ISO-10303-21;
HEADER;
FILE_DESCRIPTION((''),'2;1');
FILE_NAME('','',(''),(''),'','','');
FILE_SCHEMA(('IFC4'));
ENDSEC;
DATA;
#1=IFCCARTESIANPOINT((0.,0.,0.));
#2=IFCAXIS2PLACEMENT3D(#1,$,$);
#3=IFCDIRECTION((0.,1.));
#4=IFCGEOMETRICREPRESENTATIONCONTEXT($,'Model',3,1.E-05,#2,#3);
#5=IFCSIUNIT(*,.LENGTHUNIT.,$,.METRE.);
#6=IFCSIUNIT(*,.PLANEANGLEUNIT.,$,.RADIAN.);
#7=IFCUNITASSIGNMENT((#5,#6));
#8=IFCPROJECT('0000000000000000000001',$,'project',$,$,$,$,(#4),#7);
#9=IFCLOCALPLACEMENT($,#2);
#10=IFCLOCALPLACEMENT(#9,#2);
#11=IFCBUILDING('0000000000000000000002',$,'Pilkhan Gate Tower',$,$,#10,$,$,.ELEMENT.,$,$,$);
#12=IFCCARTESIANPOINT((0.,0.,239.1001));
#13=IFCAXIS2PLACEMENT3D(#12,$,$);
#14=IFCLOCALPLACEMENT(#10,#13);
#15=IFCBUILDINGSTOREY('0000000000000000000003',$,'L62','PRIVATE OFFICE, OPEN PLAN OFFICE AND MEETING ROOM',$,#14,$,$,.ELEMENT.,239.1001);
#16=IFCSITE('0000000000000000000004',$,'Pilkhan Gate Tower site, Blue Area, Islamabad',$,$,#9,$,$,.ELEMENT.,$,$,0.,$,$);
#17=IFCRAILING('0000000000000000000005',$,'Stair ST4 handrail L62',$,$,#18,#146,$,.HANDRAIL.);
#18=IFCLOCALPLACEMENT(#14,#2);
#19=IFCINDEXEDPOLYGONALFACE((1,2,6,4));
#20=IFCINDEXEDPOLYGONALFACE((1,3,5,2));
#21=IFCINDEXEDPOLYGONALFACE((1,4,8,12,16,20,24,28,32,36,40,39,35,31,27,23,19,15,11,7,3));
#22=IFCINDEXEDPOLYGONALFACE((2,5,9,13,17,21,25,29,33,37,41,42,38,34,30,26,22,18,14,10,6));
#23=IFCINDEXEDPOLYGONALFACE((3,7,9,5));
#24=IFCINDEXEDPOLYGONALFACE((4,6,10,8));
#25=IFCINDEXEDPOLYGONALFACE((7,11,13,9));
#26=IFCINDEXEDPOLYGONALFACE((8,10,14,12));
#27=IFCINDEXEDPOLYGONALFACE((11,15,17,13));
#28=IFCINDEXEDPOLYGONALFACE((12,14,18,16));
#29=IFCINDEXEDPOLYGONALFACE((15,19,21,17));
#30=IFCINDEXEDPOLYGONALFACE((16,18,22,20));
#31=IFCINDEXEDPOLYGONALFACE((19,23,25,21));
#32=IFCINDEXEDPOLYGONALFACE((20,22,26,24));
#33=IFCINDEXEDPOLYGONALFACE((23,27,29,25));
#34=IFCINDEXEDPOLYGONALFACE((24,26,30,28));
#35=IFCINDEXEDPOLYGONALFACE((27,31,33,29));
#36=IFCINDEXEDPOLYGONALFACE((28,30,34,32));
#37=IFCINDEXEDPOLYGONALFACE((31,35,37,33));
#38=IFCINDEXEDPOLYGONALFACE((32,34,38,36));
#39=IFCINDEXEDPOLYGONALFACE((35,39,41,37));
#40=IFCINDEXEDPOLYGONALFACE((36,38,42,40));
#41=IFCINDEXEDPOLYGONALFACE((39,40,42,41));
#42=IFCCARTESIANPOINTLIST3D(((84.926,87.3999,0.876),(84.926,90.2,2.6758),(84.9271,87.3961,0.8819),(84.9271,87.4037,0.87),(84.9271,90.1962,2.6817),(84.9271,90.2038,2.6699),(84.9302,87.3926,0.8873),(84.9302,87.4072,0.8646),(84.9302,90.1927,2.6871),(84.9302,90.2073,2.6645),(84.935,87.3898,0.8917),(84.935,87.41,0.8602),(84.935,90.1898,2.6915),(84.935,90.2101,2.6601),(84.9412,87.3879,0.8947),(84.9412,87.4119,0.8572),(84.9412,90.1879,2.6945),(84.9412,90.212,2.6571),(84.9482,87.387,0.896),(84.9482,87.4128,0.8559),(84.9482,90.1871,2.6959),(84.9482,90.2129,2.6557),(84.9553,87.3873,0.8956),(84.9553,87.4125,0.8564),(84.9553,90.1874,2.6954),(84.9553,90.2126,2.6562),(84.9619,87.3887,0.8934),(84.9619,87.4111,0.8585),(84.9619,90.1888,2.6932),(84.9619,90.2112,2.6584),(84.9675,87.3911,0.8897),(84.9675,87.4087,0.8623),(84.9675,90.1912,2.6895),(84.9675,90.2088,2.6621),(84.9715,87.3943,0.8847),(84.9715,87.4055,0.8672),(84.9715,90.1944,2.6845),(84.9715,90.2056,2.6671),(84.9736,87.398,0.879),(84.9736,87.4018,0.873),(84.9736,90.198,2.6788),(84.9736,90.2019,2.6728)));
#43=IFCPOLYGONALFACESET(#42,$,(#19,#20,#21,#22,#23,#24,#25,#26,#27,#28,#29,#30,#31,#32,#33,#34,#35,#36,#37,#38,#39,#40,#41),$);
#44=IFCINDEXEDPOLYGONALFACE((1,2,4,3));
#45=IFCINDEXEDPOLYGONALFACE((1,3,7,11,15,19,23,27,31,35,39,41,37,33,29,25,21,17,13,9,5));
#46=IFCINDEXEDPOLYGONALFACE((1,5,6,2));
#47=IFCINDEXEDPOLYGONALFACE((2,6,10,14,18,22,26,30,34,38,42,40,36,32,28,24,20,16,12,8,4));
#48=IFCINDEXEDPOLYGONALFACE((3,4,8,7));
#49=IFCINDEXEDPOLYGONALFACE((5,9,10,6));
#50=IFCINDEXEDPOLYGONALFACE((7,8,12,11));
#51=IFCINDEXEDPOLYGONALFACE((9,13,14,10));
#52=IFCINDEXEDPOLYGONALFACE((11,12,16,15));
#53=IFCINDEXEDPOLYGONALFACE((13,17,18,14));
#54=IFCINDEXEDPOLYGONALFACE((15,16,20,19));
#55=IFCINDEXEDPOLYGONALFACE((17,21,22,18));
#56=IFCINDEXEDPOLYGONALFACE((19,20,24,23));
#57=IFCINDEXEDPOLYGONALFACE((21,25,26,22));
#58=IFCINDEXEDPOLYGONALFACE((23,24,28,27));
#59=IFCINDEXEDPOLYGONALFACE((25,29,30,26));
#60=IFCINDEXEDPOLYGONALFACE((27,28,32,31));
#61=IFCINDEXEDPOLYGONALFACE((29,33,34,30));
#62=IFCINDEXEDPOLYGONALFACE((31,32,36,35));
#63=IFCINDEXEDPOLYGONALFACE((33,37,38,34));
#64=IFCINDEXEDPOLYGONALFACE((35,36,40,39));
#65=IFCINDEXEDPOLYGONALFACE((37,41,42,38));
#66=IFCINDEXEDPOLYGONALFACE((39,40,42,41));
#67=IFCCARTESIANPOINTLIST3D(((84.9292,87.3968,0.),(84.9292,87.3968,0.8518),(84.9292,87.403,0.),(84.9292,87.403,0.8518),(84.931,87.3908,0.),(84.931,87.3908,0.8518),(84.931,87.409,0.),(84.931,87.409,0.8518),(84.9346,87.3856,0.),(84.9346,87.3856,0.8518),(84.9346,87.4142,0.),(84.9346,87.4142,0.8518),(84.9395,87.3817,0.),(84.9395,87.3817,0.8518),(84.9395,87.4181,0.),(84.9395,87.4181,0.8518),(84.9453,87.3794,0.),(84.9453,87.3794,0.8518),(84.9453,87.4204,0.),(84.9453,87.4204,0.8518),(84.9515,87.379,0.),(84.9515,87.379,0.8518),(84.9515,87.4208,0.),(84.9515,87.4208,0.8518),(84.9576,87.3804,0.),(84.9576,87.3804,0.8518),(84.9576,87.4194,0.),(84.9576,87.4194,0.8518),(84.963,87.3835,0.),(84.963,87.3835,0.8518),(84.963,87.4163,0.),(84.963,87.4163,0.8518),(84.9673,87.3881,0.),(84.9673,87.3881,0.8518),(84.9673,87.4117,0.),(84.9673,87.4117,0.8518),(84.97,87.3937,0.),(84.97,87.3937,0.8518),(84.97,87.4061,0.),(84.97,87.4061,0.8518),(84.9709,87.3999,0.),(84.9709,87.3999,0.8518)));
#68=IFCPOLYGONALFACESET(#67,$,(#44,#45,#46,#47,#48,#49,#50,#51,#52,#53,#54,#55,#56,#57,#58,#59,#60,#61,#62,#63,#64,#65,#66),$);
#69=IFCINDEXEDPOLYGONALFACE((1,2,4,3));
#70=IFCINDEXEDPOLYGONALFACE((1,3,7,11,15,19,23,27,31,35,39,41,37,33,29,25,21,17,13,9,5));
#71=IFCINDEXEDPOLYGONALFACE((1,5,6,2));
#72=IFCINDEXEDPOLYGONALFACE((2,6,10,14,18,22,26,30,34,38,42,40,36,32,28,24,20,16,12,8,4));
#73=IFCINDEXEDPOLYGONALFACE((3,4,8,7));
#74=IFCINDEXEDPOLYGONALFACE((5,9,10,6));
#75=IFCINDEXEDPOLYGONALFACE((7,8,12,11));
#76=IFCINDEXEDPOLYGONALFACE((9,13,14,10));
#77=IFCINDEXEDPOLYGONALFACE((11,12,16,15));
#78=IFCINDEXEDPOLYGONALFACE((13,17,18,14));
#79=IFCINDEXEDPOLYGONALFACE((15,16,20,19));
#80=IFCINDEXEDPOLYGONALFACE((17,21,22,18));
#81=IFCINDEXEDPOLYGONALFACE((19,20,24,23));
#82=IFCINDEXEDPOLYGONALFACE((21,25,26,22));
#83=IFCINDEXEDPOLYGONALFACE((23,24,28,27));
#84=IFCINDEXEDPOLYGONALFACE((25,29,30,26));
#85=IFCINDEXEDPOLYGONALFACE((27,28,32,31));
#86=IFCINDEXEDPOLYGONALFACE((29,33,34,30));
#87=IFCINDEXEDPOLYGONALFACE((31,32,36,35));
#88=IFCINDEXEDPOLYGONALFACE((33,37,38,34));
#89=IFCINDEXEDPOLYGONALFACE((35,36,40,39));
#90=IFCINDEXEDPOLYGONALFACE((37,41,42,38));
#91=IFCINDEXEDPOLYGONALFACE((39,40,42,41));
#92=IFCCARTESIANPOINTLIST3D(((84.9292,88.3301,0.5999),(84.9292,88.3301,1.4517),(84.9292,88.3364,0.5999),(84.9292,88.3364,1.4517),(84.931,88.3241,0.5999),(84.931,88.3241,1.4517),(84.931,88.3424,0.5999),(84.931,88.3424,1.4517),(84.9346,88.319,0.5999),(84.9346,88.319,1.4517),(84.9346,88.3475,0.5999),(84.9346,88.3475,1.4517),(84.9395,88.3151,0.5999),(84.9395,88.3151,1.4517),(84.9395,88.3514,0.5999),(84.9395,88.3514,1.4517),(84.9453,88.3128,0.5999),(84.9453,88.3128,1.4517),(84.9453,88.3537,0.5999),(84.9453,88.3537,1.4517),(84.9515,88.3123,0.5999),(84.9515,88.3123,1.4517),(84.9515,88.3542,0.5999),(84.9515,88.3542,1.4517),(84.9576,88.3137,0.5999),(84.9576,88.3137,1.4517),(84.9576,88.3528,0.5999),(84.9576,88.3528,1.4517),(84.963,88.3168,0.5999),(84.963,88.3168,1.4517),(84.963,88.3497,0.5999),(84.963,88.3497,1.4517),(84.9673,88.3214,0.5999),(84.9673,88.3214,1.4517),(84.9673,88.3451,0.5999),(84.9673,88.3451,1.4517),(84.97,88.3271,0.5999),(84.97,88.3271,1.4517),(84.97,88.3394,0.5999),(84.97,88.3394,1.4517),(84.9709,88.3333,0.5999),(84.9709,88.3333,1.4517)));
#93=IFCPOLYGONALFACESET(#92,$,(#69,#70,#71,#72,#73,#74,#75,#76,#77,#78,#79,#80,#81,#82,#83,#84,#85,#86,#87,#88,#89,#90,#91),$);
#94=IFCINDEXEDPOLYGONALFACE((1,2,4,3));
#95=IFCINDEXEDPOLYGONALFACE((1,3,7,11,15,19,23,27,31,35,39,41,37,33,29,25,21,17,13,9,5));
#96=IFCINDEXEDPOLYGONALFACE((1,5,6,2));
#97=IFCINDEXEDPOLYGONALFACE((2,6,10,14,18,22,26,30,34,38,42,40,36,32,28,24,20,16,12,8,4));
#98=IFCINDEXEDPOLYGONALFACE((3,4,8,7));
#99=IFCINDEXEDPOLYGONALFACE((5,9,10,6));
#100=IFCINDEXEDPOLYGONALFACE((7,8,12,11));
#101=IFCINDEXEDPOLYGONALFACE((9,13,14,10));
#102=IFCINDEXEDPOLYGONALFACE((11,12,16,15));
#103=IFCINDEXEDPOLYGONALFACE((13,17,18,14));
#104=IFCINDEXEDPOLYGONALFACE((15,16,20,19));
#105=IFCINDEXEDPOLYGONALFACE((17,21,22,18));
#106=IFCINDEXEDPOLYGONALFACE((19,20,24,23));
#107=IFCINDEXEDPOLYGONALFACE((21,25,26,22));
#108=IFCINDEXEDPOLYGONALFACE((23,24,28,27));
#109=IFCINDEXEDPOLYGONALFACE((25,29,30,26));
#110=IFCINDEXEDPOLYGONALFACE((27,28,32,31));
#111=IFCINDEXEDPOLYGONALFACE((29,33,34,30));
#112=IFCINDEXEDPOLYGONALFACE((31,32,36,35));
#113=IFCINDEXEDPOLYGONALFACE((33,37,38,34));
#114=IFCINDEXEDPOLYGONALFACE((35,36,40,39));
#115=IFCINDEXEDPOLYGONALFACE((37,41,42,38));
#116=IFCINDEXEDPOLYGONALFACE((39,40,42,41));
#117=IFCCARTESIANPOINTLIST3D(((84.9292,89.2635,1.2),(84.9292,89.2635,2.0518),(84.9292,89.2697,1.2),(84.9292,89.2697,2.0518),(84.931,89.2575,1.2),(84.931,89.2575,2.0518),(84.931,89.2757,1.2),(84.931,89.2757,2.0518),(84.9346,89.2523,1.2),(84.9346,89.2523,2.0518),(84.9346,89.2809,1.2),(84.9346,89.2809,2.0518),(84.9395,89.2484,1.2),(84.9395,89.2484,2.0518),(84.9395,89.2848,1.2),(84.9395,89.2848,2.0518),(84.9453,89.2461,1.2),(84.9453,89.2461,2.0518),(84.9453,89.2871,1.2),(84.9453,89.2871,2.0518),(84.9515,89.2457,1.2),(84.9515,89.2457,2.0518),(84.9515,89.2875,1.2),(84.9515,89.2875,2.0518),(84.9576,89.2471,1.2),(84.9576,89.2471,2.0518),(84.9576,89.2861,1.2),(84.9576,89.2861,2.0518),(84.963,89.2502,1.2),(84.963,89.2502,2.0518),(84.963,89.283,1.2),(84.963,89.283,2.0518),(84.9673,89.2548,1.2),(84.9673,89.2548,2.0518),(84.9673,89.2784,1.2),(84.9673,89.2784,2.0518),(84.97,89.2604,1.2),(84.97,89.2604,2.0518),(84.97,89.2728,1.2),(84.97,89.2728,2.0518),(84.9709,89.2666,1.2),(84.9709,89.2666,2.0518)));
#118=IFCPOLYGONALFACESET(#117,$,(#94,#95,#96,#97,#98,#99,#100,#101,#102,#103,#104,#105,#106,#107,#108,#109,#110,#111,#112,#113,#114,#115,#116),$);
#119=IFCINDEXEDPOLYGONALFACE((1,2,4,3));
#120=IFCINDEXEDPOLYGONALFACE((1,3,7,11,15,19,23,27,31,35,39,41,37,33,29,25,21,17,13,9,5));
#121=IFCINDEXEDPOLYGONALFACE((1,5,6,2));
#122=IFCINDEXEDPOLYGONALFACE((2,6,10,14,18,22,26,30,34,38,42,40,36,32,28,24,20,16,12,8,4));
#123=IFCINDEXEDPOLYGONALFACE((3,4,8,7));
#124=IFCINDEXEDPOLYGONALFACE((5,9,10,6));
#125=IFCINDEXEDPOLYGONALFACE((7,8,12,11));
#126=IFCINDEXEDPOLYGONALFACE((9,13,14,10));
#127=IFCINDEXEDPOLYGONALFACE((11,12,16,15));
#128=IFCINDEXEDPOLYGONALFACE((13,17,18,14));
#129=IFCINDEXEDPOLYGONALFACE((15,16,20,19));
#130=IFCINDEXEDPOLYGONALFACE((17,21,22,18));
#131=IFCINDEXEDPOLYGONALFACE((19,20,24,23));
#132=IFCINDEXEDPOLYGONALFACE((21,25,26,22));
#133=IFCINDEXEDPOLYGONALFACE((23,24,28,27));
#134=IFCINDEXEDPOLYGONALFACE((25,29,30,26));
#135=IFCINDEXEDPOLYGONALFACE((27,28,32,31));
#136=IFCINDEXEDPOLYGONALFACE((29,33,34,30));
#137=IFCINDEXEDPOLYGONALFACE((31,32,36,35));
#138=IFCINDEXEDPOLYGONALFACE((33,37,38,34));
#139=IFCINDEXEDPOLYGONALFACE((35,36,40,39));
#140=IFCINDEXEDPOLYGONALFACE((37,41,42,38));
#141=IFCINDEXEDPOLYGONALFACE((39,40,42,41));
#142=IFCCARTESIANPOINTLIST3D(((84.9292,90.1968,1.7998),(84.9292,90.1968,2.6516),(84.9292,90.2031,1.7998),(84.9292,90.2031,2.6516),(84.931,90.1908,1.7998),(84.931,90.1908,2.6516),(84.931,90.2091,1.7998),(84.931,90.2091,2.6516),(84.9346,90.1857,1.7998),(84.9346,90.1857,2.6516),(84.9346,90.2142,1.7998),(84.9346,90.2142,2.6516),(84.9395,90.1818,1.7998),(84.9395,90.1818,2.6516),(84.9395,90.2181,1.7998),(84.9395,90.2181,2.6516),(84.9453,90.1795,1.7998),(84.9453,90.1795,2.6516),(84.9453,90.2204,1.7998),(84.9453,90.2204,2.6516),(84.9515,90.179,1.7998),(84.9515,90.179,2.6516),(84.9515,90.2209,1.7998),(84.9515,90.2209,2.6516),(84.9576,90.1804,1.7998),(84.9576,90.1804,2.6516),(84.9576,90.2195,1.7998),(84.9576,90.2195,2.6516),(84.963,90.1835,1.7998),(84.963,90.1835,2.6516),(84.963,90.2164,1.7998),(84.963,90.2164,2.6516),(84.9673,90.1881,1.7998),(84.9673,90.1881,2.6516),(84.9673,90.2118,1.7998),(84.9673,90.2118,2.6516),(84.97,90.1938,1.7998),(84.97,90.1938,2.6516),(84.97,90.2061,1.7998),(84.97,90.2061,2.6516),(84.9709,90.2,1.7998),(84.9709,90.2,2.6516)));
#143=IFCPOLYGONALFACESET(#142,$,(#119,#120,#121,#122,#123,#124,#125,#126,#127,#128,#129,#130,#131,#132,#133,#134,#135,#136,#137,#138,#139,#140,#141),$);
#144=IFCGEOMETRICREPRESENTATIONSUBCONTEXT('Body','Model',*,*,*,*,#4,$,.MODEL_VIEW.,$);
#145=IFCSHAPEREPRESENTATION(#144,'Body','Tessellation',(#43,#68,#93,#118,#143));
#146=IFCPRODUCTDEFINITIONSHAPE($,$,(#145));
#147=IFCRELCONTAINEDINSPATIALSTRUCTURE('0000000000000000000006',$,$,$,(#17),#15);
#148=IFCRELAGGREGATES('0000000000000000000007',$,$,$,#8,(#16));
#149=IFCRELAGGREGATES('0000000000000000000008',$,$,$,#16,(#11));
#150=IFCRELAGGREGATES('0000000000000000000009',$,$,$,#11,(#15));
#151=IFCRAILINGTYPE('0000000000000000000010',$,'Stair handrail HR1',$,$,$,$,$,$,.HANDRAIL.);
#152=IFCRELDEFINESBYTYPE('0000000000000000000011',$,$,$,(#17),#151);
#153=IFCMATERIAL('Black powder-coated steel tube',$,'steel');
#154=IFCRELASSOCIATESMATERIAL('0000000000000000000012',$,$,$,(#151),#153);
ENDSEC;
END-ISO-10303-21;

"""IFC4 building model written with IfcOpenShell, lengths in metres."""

from ifc_helpers import new_model, si_unit, direction, frame, origin, origin_2d, place, context, subcontext, project, spatial, circle, extrude, material, type_object, element, save


model = new_model("IFC4")

# Units and contexts
model_context = context("Model", 3, precision=1e-05, world=origin(), true_north=direction((0.0, 1.0)))
body_context = subcontext(model_context, "Body", "Model", "MODEL_VIEW")
ifc_project = project(units=[si_unit("LENGTHUNIT", "METRE"), si_unit("PLANEANGLEUNIT", "RADIAN")], contexts=[model_context])

# Site, building, storey
site_placement = place(None, origin())
site = spatial("IfcSite", under=ifc_project, at=site_placement, Name="Pilkhan Gate Tower site, Blue Area, Islamabad", CompositionType="ELEMENT", RefElevation=0.0)
building_placement = place(site_placement, origin())
building = spatial("IfcBuilding", under=site, at=building_placement, Name="Pilkhan Gate Tower", CompositionType="ELEMENT")
storey_placement = place(building_placement, frame((0.0, 0.0, 239.1001)))
storey = spatial("IfcBuildingStorey", under=building, at=storey_placement, Name="L62", Description="PRIVATE OFFICE, OPEN PLAN OFFICE AND MEETING ROOM", CompositionType="ELEMENT", Elevation=239.1001)

# Railing
ifc_material_1 = material(Name="Black powder-coated steel tube", Category="steel")
railing_type_1 = type_object("IfcRailingType", Name="Stair handrail HR1", PredefinedType="HANDRAIL", material=ifc_material_1)
railing_1_placement = place(storey_placement, frame((84.95, 87.3999, 0.0)))
element("IfcRailing", 1, at=railing_1_placement, inside=storey, type_object=railing_type_1, Name="Stair ST4 handrail L62", PredefinedType="HANDRAIL", context=body_context, shape_type="SweptSolid", body=[
    extrude(circle(Radius=0.0239, at=origin_2d()), frame((0.0, 0.0, 0.876), z_axis=(0.0, 0.841209, 0.540709), x_axis=(-1.0, 0.0, 0.0)), (0.0, 0.0, 1.0), 3.3286),
    extrude(circle(Radius=0.021, at=origin_2d()), origin(), (0.0, 0.0, 1.0), 0.8518),
    extrude(circle(Radius=0.021, at=origin_2d()), frame((0.0, 0.9333, 0.5999)), (0.0, 0.0, 1.0), 0.8518),
    extrude(circle(Radius=0.021, at=origin_2d()), frame((0.0, 1.8667, 1.2)), (0.0, 0.0, 1.0), 0.8518),
    extrude(circle(Radius=0.021, at=origin_2d()), frame((0.0, 2.8, 1.7998)), (0.0, 0.0, 1.0), 0.8518),
])

save(model, "model.ifc")
